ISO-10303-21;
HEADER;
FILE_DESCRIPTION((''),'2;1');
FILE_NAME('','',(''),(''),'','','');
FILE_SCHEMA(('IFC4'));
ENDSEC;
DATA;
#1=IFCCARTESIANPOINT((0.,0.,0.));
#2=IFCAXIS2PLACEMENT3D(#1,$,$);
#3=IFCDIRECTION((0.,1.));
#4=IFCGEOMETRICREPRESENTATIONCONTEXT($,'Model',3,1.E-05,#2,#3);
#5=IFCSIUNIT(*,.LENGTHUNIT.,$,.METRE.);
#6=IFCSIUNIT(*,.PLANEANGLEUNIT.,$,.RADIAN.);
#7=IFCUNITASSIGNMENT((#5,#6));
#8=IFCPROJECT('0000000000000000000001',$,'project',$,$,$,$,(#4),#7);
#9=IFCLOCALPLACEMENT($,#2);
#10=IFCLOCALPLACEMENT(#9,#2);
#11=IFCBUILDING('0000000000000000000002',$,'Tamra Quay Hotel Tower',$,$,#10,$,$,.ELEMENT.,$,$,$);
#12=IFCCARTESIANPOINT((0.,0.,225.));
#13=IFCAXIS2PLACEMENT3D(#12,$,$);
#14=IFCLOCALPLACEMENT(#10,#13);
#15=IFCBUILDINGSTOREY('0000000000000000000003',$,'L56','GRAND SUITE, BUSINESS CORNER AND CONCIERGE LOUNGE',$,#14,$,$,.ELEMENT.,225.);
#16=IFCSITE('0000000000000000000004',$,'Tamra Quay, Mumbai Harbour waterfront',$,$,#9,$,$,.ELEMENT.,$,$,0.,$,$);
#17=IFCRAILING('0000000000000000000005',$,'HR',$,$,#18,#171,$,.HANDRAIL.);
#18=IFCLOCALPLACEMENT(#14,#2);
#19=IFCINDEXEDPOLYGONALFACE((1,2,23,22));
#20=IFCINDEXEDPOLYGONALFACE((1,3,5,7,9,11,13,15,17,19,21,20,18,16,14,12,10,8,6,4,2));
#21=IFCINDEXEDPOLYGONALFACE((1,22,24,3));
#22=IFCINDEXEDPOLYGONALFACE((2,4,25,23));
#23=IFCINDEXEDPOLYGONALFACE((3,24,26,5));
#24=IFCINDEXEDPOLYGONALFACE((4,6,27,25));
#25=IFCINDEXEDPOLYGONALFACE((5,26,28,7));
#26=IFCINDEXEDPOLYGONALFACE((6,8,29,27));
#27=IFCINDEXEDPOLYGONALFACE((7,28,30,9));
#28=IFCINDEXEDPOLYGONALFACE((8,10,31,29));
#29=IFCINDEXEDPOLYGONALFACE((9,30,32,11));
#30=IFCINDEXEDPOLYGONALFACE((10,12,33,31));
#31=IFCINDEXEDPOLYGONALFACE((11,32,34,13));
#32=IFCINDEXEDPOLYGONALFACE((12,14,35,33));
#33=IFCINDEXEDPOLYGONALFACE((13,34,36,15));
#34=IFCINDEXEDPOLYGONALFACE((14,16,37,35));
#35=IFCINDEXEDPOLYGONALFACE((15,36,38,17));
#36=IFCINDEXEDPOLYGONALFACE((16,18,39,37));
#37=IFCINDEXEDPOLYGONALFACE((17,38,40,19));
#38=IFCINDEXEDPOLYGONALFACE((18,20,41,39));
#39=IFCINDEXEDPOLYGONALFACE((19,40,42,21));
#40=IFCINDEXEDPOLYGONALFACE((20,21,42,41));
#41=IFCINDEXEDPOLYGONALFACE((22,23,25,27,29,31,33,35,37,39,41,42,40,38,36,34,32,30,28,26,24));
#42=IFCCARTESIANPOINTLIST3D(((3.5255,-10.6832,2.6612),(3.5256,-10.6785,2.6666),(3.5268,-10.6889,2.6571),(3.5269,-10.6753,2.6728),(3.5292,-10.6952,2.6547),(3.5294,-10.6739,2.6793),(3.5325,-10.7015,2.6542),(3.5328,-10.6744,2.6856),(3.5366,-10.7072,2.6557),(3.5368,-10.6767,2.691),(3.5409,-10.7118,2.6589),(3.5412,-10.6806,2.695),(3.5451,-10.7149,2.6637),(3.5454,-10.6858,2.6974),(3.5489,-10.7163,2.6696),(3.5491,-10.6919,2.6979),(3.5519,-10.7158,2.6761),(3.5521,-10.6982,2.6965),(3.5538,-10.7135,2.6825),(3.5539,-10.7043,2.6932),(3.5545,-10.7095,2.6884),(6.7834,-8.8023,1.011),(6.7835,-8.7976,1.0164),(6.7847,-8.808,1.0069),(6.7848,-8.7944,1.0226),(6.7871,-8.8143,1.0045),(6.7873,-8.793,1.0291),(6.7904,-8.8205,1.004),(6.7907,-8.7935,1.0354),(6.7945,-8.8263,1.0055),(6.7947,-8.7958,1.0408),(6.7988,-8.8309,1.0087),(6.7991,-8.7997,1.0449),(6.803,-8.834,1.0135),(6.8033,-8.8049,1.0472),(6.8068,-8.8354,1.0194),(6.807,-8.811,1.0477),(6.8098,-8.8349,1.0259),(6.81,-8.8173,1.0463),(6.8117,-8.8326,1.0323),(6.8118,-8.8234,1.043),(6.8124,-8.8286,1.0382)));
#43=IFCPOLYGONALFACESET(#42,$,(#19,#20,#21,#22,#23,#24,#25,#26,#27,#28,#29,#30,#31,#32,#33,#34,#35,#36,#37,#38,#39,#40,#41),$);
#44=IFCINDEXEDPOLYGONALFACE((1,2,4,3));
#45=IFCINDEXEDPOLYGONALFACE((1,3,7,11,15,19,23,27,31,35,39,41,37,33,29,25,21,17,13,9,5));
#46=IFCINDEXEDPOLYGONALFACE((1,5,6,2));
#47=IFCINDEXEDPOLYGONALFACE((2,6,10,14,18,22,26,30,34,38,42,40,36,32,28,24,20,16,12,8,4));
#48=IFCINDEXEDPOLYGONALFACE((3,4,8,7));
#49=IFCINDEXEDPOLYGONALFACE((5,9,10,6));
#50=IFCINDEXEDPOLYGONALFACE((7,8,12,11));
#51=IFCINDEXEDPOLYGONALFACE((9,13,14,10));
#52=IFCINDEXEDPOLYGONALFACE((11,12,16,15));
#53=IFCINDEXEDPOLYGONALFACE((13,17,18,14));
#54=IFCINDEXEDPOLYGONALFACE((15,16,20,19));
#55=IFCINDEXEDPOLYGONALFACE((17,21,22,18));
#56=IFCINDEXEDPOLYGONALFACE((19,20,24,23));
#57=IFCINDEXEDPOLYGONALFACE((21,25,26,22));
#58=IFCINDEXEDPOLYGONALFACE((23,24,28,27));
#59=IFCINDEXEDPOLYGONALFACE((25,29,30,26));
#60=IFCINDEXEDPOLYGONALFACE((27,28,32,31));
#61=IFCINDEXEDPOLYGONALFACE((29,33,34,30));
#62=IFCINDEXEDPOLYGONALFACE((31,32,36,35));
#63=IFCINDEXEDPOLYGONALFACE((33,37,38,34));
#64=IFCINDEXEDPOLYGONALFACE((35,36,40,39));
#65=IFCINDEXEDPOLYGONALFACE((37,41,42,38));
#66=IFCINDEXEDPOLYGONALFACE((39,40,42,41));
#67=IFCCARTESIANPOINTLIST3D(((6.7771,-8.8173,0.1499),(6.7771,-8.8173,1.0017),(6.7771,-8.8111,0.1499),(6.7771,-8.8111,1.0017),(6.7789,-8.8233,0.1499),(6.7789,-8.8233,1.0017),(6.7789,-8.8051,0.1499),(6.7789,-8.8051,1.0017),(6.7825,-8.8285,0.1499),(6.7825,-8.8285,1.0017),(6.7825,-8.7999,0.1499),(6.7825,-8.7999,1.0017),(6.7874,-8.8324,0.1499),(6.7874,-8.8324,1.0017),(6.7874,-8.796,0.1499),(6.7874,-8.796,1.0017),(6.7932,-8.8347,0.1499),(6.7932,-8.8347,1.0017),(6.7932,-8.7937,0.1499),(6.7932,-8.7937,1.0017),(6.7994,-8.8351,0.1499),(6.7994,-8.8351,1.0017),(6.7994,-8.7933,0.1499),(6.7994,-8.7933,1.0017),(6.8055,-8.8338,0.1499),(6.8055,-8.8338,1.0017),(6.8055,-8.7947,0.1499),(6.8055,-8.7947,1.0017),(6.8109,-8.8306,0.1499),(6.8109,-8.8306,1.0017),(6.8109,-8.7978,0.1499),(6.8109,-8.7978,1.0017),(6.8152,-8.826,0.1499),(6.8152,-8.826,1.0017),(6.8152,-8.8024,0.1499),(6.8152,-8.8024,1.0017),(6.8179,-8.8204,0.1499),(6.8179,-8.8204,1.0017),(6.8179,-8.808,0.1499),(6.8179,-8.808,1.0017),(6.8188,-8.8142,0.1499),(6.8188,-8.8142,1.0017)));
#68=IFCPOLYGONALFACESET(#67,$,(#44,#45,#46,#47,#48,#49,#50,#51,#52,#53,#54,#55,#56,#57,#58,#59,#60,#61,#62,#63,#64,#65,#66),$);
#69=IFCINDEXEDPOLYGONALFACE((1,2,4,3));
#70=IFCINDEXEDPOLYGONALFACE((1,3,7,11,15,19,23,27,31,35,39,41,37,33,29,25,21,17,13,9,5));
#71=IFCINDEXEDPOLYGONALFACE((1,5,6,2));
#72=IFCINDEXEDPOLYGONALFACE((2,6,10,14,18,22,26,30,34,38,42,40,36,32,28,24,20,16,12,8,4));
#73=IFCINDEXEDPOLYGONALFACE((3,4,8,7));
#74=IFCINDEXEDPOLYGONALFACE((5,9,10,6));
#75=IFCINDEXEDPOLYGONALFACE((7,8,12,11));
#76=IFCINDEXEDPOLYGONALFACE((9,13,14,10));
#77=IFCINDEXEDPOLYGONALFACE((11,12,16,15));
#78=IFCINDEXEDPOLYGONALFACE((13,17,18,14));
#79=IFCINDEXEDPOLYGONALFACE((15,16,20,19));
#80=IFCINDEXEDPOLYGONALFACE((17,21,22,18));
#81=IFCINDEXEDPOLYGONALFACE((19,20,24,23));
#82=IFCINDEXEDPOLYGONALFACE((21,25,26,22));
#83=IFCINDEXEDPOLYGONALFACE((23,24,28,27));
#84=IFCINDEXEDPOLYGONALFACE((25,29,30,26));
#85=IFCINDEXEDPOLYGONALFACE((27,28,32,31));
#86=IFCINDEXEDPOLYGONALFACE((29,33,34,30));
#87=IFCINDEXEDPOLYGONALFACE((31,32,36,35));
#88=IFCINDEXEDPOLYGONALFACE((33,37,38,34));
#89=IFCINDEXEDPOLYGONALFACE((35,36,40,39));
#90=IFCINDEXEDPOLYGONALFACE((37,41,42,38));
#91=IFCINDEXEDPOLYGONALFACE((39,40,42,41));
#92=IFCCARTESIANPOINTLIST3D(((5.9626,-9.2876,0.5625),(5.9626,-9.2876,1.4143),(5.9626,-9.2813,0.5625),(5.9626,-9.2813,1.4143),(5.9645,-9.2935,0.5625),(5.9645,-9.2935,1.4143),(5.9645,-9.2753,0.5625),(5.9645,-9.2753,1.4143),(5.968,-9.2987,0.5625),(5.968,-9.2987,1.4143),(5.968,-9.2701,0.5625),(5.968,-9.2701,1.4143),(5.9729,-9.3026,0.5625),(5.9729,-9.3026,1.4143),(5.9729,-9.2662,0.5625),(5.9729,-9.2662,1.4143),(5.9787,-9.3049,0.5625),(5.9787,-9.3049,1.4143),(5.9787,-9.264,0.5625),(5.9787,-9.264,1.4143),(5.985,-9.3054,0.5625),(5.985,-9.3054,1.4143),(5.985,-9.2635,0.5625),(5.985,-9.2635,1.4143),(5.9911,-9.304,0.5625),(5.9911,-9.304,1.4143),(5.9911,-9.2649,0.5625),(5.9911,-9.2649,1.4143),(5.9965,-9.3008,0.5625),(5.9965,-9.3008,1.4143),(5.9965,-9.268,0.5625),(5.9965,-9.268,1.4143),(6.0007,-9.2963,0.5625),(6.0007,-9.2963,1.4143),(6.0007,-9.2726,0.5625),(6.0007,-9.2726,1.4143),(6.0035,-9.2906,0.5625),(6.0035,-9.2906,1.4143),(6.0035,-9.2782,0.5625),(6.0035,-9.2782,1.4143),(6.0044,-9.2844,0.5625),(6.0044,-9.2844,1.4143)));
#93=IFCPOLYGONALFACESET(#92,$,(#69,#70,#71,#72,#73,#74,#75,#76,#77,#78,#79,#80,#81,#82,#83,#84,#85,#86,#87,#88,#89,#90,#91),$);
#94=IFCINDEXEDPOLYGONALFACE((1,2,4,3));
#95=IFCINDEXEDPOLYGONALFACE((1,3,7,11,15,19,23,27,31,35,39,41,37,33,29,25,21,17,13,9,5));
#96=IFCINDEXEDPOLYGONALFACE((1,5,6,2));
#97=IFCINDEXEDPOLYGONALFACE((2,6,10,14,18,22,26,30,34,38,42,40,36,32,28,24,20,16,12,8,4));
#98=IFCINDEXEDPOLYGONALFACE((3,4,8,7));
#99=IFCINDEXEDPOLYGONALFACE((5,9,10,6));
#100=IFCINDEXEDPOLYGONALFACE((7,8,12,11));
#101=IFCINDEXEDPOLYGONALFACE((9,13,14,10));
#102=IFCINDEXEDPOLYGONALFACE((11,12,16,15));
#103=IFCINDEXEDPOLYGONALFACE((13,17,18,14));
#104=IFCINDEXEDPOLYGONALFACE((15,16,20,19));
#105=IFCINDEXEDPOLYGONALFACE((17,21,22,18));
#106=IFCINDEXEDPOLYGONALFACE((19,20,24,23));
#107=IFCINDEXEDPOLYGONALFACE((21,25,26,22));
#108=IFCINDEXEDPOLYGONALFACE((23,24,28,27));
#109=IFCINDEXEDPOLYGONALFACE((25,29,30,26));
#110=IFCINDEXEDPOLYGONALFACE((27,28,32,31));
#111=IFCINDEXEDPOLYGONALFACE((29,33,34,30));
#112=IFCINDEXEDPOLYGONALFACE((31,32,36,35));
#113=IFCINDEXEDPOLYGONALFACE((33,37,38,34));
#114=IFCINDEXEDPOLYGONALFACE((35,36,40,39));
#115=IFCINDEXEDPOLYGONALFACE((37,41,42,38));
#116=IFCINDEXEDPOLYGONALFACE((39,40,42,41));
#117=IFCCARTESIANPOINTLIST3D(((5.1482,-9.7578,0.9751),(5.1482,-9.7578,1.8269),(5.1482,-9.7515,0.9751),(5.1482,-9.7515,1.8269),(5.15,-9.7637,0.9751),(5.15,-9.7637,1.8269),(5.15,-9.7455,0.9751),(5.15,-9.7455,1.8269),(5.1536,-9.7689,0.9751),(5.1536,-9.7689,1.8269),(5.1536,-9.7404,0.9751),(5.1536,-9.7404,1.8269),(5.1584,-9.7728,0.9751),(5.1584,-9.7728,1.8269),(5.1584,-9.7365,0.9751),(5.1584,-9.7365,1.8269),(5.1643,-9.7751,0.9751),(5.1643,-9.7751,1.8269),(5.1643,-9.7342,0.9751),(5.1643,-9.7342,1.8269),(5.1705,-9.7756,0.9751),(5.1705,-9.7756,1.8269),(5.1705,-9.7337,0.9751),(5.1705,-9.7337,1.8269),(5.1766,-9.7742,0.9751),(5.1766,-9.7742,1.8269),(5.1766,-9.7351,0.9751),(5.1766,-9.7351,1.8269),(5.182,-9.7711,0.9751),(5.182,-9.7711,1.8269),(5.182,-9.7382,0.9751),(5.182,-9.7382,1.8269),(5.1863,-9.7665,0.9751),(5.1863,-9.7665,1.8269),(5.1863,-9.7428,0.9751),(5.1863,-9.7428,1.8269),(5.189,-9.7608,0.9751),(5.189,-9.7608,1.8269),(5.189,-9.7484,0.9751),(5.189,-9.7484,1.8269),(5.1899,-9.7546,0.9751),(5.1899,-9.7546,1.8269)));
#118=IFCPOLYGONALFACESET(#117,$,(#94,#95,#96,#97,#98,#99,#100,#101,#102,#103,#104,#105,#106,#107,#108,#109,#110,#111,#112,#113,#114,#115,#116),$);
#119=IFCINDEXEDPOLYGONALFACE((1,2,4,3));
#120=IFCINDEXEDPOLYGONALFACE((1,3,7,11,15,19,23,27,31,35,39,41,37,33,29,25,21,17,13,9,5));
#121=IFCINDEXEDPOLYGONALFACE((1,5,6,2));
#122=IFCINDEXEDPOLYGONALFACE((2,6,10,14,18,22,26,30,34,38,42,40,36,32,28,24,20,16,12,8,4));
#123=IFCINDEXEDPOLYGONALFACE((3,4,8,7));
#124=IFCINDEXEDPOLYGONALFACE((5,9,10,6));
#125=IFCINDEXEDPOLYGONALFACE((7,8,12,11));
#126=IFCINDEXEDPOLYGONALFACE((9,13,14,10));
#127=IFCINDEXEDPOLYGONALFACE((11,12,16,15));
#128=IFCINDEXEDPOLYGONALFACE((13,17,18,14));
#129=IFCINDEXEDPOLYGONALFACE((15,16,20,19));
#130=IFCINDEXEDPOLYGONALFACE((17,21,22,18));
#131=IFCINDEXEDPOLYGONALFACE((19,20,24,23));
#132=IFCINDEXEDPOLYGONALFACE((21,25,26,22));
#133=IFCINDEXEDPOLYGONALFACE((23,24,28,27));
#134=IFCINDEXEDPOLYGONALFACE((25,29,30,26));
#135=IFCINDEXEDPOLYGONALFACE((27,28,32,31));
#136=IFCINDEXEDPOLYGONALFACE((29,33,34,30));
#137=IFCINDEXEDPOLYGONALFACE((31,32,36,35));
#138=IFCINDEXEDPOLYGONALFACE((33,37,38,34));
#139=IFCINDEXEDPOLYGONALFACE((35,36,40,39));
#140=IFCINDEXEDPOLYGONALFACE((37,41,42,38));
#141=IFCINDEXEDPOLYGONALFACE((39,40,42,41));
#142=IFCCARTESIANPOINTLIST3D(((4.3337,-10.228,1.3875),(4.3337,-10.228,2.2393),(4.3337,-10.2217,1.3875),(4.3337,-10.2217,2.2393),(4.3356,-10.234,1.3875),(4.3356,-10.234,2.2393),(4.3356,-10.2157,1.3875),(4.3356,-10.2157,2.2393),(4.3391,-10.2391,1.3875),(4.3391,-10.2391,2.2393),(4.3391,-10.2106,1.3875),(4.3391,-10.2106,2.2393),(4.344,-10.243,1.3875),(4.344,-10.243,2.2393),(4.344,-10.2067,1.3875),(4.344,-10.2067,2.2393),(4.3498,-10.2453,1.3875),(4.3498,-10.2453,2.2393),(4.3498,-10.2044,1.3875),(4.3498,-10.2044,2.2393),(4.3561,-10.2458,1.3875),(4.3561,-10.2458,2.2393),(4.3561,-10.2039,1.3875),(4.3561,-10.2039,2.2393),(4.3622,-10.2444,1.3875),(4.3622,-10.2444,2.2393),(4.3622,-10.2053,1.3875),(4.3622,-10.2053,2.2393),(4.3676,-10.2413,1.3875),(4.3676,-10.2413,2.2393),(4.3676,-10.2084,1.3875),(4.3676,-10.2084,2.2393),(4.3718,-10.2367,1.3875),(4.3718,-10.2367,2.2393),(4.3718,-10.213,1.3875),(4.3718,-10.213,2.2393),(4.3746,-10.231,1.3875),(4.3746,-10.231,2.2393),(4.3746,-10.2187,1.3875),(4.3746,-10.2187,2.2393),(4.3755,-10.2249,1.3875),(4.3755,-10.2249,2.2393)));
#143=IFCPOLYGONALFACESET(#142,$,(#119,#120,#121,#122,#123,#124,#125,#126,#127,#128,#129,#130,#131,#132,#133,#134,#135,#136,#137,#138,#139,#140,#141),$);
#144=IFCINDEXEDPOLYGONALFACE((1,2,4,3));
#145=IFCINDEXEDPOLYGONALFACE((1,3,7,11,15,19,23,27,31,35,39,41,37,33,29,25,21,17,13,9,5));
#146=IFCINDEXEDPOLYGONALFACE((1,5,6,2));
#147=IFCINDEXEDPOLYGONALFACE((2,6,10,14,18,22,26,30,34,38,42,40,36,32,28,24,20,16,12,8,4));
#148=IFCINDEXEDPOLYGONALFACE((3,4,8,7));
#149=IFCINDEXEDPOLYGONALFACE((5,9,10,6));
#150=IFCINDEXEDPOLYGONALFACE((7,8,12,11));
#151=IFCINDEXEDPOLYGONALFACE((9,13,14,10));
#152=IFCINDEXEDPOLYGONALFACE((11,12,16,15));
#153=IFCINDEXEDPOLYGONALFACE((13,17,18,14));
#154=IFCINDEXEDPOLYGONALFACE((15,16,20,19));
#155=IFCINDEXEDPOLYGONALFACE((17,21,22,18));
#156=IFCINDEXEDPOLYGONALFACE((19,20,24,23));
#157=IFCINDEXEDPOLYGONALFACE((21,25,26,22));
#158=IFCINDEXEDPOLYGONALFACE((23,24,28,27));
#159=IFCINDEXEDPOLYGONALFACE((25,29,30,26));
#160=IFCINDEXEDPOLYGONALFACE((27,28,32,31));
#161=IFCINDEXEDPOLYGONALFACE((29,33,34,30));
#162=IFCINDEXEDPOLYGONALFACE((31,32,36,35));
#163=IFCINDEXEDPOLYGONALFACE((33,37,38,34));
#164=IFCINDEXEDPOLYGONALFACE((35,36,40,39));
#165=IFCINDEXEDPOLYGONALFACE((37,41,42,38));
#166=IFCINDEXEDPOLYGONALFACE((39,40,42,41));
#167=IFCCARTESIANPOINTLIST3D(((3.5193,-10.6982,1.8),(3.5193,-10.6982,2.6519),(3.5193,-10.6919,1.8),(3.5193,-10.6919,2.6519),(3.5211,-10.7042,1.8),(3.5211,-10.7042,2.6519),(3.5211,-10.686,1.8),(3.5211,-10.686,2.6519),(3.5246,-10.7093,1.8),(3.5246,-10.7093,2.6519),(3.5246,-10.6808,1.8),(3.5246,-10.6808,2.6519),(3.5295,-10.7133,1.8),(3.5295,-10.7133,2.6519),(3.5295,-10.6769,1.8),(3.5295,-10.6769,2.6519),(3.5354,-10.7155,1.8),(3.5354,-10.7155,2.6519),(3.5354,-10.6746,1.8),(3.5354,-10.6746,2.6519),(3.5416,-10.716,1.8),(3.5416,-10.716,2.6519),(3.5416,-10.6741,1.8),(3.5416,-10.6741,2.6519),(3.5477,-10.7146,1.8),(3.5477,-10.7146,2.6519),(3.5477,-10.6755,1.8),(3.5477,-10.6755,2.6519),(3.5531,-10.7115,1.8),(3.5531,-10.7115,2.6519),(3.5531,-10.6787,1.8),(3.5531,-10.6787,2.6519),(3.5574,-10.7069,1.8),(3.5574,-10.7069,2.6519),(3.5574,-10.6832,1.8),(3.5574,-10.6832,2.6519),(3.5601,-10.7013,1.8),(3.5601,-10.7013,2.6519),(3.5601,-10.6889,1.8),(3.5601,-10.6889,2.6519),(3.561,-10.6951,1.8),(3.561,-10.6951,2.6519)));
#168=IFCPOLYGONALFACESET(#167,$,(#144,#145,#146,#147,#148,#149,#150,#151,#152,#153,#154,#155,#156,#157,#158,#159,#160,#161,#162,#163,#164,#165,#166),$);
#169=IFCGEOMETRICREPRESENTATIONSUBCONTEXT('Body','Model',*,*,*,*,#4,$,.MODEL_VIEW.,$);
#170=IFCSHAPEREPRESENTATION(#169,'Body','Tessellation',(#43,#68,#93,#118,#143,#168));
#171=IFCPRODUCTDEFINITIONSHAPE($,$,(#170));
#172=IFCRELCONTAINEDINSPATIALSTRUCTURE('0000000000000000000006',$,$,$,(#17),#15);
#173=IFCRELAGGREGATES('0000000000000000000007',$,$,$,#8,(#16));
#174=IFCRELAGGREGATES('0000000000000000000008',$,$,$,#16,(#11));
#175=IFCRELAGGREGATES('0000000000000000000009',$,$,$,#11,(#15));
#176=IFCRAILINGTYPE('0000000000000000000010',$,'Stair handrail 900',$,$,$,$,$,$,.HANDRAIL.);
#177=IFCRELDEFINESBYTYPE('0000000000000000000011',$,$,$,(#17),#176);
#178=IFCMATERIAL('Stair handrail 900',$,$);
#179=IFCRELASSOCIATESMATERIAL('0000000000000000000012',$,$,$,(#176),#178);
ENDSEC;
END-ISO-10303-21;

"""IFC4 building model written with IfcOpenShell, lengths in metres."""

from ifc_helpers import new_model, si_unit, direction, frame, origin, origin_2d, place, context, subcontext, project, spatial, circle, extrude, material, type_object, element, save


model = new_model("IFC4")

# Units and contexts
model_context = context("Model", 3, precision=1e-05, world=origin(), true_north=direction((0.0, 1.0)))
body_context = subcontext(model_context, "Body", "Model", "MODEL_VIEW")
ifc_project = project(units=[si_unit("LENGTHUNIT", "METRE"), si_unit("PLANEANGLEUNIT", "RADIAN")], contexts=[model_context])

# Site, building, storey
site_placement = place(None, origin())
site = spatial("IfcSite", under=ifc_project, at=site_placement, Name="Tamra Quay, Mumbai Harbour waterfront", CompositionType="ELEMENT", RefElevation=0.0)
building_placement = place(site_placement, origin())
building = spatial("IfcBuilding", under=site, at=building_placement, Name="Tamra Quay Hotel Tower", CompositionType="ELEMENT")
storey_placement = place(building_placement, frame((0.0, 0.0, 225.0)))
storey = spatial("IfcBuildingStorey", under=building, at=storey_placement, Name="L56", Description="GRAND SUITE, BUSINESS CORNER AND CONCIERGE LOUNGE", CompositionType="ELEMENT", Elevation=225.0)

# Railing
ifc_material_1 = material(Name="Stair handrail 900")
railing_type = type_object("IfcRailingType", Name="Stair handrail 900", PredefinedType="HANDRAIL", material=ifc_material_1)
railing_placement = place(storey_placement, frame((6.7979, -8.8142, 0.1499)))
element("IfcRailing", 1, at=railing_placement, inside=storey, type_object=railing_type, Name="HR", PredefinedType="HANDRAIL", context=body_context, shape_type="SweptSolid", body=[
    extrude(circle(Radius=0.0239, at=origin_2d()), frame((0.0, 0.0, 0.876), z_axis=(-0.793081, -0.457876, 0.401711), x_axis=(0.499992, -0.86603, 0.0)), (0.0, 0.0, 1.0), 4.1079),
    extrude(circle(Radius=0.021, at=origin_2d()), origin(), (0.0, 0.0, 1.0), 0.8518),
    extrude(circle(Radius=0.021, at=origin_2d()), frame((-0.8145, -0.4702, 0.4126)), (0.0, 0.0, 1.0), 0.8518),
    extrude(circle(Radius=0.021, at=origin_2d()), frame((-1.6289, -0.9404, 0.8252)), (0.0, 0.0, 1.0), 0.8518),
    extrude(circle(Radius=0.021, at=origin_2d()), frame((-2.4434, -1.4106, 1.2375)), (0.0, 0.0, 1.0), 0.8518),
    extrude(circle(Radius=0.021, at=origin_2d()), frame((-3.2578, -1.8809, 1.6501)), (0.0, 0.0, 1.0), 0.8518),
])

save(model, "model.ifc")
